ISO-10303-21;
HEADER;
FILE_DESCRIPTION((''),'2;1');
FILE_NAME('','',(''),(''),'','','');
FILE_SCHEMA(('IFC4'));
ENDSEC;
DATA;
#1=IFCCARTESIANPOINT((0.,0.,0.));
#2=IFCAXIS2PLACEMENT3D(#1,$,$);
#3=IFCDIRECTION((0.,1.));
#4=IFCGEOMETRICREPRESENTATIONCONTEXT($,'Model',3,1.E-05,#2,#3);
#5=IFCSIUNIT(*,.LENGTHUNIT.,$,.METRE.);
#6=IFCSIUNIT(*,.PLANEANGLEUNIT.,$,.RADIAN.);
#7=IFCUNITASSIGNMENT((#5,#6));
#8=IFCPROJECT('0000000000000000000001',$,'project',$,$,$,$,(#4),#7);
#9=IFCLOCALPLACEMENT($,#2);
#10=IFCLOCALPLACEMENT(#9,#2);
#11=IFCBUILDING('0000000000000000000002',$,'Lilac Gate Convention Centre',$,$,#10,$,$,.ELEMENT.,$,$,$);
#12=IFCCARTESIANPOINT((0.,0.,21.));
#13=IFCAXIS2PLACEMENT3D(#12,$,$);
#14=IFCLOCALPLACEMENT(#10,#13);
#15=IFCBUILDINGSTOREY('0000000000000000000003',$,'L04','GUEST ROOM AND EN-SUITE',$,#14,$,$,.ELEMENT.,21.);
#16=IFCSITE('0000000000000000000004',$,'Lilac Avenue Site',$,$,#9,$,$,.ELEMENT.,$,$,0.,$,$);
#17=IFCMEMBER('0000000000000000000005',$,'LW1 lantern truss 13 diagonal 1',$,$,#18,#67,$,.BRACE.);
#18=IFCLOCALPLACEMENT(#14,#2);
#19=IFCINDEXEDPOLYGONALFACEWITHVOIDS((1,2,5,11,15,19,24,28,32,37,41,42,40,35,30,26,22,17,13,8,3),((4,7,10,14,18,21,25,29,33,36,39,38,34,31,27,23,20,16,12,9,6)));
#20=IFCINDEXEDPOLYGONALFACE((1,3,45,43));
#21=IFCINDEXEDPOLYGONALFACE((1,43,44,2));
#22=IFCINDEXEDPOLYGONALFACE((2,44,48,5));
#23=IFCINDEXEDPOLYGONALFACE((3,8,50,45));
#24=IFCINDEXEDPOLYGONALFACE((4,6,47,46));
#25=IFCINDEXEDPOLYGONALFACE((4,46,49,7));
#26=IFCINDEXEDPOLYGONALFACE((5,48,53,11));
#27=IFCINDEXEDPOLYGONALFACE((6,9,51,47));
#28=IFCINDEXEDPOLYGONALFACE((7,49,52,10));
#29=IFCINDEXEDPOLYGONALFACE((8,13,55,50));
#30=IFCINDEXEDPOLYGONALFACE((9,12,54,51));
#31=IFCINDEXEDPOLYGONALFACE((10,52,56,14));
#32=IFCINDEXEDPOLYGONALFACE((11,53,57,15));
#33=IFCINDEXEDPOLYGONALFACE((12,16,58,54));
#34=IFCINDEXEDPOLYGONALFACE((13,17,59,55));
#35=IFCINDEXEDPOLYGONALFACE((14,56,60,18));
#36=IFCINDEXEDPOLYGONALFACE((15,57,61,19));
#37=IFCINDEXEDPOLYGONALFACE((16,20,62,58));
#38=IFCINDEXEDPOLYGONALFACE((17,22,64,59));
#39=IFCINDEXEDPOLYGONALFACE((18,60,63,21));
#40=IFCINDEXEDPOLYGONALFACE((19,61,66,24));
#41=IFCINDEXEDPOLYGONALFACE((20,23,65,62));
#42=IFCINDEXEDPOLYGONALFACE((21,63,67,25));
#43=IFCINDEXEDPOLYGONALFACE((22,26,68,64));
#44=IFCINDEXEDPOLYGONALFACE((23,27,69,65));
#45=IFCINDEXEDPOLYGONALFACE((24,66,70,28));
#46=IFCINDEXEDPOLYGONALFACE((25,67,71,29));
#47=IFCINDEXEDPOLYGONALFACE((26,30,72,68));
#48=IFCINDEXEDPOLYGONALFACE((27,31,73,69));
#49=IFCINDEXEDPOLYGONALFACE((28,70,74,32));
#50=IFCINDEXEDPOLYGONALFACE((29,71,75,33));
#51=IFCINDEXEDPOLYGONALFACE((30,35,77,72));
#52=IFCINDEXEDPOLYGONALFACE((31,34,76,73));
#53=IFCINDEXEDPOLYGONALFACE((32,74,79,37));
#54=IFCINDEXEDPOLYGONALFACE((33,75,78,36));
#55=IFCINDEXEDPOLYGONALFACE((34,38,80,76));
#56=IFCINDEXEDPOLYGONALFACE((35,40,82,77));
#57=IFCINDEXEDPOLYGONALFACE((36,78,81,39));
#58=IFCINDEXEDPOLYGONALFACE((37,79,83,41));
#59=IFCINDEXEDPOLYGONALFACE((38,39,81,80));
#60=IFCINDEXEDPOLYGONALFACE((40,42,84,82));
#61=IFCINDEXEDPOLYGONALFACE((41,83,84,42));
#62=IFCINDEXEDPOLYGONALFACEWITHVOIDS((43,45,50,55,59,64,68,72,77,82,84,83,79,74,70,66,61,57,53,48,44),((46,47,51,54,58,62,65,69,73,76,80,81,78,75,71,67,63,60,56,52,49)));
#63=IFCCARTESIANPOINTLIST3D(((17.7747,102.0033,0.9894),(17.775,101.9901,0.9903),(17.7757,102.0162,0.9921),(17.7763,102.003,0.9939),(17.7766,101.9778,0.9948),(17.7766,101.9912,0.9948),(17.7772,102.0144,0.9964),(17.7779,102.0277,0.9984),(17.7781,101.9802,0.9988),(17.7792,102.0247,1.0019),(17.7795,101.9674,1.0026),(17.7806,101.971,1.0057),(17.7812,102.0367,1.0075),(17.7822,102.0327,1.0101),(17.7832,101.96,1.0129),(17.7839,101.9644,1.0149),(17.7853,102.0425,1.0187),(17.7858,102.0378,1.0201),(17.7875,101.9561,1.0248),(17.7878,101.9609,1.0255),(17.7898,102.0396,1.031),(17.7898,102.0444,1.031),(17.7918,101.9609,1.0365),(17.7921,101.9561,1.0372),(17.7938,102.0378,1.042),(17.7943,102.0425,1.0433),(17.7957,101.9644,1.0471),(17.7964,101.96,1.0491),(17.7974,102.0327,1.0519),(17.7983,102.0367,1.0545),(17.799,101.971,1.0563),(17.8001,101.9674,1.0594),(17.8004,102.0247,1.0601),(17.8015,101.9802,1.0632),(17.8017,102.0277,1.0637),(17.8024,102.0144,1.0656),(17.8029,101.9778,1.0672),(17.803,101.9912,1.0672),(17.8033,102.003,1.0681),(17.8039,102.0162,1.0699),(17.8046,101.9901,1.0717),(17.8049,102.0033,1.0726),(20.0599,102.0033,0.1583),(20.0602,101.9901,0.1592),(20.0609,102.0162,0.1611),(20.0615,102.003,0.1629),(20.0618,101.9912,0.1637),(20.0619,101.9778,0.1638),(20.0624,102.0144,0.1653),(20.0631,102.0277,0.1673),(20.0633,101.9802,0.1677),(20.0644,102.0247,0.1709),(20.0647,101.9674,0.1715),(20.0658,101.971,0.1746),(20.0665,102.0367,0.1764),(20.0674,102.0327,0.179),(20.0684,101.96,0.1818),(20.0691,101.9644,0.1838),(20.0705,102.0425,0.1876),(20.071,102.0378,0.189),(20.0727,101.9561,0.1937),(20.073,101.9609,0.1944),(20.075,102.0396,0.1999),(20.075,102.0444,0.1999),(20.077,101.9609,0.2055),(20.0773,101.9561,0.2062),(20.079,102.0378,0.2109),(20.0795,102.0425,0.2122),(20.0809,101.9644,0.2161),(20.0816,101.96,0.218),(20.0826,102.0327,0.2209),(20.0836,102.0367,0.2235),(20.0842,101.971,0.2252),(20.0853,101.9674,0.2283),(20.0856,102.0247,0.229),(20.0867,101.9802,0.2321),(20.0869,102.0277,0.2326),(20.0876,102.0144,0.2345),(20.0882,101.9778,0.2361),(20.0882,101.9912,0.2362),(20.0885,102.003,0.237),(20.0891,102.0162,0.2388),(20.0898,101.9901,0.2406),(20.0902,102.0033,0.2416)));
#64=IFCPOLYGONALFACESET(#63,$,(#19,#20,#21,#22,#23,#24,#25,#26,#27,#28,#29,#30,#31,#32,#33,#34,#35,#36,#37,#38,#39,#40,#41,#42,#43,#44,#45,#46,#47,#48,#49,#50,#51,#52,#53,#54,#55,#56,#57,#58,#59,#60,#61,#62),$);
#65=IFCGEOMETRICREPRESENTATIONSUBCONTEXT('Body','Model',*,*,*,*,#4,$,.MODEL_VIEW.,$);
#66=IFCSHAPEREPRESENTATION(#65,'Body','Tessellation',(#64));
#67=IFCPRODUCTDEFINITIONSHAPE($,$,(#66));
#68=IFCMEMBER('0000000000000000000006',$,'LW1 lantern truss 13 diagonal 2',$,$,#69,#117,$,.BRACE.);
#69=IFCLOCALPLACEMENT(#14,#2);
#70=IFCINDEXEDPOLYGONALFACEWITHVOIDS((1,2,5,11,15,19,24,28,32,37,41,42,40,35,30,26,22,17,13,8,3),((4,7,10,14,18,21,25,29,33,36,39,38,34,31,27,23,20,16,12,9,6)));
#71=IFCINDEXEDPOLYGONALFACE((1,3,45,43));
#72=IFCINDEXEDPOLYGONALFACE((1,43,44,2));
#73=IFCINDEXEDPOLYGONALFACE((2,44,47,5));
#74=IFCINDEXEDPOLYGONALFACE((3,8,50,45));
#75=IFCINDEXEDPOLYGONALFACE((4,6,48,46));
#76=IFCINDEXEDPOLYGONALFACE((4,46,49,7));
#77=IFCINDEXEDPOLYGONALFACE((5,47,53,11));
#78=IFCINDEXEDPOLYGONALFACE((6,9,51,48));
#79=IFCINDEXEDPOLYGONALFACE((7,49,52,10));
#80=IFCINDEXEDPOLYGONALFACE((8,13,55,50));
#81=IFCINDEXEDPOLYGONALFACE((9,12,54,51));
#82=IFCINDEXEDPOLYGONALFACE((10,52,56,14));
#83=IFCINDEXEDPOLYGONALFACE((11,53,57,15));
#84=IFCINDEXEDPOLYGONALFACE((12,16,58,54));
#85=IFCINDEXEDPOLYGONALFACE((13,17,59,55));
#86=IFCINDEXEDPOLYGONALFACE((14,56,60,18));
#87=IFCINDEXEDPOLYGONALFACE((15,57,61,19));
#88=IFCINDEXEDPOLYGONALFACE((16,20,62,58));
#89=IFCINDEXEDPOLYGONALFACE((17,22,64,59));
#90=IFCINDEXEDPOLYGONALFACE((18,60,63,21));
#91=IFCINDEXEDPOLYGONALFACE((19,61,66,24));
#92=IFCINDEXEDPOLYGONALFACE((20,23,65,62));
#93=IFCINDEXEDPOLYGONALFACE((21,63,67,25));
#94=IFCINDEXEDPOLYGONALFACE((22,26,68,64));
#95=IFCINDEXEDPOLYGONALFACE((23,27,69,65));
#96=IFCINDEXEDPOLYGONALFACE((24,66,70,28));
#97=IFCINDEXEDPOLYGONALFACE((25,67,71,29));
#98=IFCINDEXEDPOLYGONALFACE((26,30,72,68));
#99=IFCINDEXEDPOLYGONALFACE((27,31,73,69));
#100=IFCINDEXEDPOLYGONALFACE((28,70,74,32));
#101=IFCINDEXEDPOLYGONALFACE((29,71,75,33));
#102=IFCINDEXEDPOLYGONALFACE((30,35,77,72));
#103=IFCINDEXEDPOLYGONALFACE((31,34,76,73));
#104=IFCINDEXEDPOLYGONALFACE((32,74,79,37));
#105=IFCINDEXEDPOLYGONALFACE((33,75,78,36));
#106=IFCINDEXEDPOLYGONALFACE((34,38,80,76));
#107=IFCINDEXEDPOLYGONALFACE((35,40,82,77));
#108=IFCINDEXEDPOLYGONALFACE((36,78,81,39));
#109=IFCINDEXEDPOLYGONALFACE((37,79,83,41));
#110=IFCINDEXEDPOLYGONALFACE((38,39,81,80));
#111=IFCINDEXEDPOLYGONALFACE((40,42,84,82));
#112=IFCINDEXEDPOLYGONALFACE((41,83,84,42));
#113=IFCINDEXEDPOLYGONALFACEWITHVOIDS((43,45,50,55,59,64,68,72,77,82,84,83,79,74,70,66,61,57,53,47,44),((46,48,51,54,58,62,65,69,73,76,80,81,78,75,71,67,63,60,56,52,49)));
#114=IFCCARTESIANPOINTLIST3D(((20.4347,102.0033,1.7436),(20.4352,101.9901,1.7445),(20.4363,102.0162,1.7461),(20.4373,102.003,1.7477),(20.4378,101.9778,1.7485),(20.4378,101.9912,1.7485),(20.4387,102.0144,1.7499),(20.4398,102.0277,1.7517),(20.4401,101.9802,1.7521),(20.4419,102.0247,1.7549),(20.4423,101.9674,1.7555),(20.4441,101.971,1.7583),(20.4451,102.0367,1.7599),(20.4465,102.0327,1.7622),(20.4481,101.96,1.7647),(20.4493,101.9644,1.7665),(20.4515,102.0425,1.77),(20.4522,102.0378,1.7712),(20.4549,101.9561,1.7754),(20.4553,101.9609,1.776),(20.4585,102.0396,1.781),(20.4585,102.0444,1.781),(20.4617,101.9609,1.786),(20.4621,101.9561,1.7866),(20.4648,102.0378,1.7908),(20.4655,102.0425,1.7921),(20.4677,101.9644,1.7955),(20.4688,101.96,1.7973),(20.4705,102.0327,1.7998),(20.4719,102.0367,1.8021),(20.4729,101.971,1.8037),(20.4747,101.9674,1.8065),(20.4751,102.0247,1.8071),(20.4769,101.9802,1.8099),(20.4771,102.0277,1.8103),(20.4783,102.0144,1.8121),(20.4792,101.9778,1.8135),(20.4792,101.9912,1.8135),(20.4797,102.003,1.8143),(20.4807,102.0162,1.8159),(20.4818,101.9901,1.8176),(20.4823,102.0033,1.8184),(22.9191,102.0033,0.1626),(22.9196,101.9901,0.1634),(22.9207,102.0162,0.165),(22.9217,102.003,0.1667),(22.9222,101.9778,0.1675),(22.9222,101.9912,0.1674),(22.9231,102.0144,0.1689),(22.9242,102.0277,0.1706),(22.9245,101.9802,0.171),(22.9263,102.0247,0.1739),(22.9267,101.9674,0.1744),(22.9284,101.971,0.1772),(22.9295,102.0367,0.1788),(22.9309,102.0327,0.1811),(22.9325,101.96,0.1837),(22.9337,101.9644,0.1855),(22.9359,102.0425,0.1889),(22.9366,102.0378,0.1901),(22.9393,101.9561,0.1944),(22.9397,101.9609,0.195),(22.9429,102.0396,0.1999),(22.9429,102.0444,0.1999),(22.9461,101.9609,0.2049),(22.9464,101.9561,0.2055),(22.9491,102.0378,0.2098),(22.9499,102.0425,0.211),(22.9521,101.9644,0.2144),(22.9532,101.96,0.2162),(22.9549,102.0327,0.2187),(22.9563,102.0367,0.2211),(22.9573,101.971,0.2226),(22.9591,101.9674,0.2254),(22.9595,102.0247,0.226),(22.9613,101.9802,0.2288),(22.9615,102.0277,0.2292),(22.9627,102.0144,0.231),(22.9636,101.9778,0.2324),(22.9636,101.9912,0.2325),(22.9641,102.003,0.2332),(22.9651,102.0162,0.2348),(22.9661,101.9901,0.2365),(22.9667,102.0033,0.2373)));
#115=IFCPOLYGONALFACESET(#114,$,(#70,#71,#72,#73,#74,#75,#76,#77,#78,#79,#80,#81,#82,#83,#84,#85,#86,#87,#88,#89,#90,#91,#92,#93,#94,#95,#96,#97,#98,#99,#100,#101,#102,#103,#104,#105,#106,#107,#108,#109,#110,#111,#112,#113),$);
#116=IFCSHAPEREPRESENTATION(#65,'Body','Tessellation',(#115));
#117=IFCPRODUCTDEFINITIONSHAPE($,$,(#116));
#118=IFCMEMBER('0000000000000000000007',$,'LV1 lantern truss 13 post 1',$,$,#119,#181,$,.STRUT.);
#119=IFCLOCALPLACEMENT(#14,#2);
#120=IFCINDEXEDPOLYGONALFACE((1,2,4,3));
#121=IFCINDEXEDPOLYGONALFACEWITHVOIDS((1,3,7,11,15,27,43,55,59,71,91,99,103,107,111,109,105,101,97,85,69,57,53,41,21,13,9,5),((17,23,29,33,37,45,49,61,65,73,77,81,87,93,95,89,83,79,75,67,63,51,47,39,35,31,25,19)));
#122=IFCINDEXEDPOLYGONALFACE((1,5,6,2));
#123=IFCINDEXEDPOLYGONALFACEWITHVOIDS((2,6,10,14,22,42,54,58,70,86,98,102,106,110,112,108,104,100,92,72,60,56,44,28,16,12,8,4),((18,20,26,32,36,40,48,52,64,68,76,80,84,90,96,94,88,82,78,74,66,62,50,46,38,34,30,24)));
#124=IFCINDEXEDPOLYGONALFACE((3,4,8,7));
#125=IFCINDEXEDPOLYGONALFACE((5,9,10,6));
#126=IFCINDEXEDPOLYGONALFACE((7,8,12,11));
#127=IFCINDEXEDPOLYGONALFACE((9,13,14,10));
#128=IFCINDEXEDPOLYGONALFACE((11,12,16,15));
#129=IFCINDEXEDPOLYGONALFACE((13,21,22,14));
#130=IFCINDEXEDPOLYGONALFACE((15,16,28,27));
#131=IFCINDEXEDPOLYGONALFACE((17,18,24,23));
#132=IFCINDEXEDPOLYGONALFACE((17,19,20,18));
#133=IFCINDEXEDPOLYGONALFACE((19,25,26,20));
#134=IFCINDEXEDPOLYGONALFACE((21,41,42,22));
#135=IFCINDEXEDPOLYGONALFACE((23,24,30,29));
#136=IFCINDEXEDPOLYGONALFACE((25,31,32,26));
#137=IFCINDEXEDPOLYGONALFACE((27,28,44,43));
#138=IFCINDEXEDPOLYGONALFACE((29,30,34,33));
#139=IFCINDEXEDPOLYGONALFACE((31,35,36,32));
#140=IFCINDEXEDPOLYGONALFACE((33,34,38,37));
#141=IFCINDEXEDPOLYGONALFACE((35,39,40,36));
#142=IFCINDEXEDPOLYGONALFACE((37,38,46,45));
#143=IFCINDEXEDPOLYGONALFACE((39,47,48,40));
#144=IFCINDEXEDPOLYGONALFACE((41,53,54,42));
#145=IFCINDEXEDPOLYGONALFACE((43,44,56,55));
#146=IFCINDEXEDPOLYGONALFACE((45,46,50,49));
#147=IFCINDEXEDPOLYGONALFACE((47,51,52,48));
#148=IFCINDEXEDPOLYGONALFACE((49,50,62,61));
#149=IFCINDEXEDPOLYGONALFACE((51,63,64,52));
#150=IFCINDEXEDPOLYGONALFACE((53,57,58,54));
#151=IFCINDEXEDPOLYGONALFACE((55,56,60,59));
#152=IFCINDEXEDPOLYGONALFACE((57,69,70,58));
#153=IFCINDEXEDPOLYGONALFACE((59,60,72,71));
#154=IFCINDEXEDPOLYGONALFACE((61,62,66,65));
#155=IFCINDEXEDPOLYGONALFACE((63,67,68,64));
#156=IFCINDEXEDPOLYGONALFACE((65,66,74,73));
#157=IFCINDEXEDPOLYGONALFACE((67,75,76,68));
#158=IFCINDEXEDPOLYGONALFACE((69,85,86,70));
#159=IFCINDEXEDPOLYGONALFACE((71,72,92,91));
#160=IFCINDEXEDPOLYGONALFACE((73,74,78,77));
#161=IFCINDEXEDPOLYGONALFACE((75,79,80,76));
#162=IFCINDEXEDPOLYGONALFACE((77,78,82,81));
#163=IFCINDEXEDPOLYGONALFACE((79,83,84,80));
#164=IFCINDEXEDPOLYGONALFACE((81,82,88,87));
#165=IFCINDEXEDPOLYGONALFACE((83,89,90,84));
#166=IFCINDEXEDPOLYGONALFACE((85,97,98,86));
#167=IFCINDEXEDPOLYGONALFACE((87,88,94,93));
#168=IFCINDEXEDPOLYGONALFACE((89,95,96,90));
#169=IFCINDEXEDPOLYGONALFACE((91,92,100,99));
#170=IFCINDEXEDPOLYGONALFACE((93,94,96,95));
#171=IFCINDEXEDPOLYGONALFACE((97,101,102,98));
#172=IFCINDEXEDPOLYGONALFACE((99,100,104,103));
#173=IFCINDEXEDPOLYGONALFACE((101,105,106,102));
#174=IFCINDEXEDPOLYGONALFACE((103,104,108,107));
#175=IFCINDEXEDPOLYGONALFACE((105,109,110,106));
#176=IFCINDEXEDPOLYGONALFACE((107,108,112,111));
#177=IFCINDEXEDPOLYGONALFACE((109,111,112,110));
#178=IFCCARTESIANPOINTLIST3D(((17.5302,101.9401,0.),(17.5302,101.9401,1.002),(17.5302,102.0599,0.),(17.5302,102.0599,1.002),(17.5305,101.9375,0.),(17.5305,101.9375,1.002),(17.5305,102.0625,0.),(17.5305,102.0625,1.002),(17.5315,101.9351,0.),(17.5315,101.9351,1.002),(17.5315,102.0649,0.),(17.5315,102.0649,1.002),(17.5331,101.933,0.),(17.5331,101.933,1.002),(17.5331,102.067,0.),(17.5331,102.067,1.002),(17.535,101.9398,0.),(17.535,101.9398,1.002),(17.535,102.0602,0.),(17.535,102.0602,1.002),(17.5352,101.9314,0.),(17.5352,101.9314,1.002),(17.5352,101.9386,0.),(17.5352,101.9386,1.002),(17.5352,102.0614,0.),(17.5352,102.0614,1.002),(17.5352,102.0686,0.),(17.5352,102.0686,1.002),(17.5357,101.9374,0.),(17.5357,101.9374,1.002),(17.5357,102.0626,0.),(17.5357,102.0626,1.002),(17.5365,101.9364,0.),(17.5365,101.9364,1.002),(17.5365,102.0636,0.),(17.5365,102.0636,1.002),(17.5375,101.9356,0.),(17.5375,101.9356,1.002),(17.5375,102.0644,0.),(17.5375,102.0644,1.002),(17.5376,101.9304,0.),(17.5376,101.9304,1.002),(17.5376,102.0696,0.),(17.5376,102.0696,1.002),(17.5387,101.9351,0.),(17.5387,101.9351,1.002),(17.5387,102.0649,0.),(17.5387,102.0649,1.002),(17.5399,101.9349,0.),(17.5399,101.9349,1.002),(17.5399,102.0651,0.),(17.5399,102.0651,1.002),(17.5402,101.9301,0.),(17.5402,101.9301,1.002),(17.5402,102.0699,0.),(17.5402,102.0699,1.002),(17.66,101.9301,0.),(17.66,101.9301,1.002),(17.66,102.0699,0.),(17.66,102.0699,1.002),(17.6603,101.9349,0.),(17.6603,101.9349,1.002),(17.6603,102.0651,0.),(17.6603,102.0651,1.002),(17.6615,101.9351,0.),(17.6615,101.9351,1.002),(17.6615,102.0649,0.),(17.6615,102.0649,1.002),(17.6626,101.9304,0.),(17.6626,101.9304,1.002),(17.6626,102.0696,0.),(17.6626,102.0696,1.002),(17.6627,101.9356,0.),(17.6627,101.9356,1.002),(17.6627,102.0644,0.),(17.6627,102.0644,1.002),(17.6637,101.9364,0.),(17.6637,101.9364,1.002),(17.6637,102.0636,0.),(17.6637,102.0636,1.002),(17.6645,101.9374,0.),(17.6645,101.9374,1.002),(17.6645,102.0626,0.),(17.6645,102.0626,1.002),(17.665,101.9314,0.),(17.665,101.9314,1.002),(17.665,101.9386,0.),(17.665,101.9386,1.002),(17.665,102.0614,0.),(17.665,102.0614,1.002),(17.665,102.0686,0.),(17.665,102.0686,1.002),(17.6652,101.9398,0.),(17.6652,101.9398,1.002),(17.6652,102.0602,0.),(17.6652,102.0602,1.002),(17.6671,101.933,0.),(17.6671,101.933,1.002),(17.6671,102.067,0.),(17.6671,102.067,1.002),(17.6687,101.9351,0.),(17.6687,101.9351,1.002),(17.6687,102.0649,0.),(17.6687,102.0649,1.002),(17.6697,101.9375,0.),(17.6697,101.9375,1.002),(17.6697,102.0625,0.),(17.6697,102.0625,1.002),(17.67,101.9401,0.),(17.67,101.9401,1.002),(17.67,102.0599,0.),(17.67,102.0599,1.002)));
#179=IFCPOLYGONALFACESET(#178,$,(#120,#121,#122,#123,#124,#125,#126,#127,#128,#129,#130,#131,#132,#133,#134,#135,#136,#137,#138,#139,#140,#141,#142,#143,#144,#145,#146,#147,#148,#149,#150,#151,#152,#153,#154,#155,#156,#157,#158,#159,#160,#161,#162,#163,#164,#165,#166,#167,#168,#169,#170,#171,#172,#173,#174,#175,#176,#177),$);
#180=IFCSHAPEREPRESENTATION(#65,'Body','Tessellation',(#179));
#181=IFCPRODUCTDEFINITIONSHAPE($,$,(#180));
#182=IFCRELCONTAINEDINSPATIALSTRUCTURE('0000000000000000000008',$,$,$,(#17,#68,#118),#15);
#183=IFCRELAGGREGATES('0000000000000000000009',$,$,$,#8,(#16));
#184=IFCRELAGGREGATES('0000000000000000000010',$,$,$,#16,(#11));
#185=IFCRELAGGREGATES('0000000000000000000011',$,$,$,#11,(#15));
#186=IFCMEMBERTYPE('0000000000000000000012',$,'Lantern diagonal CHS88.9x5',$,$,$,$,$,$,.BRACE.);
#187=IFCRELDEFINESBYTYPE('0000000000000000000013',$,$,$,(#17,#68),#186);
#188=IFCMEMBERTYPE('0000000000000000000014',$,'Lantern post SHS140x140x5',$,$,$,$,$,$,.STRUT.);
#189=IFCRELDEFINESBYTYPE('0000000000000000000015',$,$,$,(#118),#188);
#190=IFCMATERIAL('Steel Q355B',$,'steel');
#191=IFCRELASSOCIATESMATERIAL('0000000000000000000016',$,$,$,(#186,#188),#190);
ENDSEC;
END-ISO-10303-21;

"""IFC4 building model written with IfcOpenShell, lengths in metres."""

from ifc_helpers import new_model, si_unit, direction, frame, origin, origin_2d, place, context, subcontext, project, spatial, hollow_rectangle, hollow_circle, extrude, material, material_profile, profile_set, type_object, element, save


model = new_model("IFC4")

# Units and contexts
model_context = context("Model", 3, precision=1e-05, world=origin(), true_north=direction((0.0, 1.0)))
body_context = subcontext(model_context, "Body", "Model", "MODEL_VIEW")
ifc_project = project(units=[si_unit("LENGTHUNIT", "METRE"), si_unit("PLANEANGLEUNIT", "RADIAN")], contexts=[model_context])

# Site, building, storey
site_placement = place(None, origin())
site = spatial("IfcSite", under=ifc_project, at=site_placement, Name="Lilac Avenue Site", CompositionType="ELEMENT", RefElevation=0.0)
building_placement = place(site_placement, origin())
building = spatial("IfcBuilding", under=site, at=building_placement, Name="Lilac Gate Convention Centre", CompositionType="ELEMENT")
storey_placement = place(building_placement, frame((0.0, 0.0, 21.0)))
storey = spatial("IfcBuildingStorey", under=building, at=storey_placement, Name="L04", Description="GUEST ROOM AND EN-SUITE", CompositionType="ELEMENT", Elevation=21.0)

# Members
ifc_material_1 = material(Name="Steel Q355B", Category="steel")
ifc_material_profile_1 = material_profile(ifc_material_1, hollow_circle(Radius=0.0444, WallThickness=0.0049, at=origin_2d()), Name="CHS88.9x5")
ifc_profile_set_1 = profile_set([ifc_material_profile_1], Name="Steel Q355B")
member_type_1 = type_object("IfcMemberType", Name="Lantern diagonal CHS88.9x5", PredefinedType="BRACE", material=ifc_profile_set_1)
member_1_placement = place(storey_placement, frame((17.7898, 102.0, 1.031), z_axis=(0.939782, 0.0, -0.341775), x_axis=(0.0, 1.0, 0.0)))
element("IfcMember", 1, at=member_1_placement, inside=storey, type_object=member_type_1, Name="LW1 lantern truss 13 diagonal 1", PredefinedType="BRACE", context=body_context, shape_type="SweptSolid", body=[
    extrude(hollow_circle(Radius=0.0444, WallThickness=0.0049, at=origin_2d()), origin(), (0.0, 0.0, 1.0), 2.4316),
])
member_2_placement = place(storey_placement, frame((20.4585, 102.0, 1.781), z_axis=(0.843648, 0.0, -0.536897), x_axis=(0.0, 1.0, 0.0)))
element("IfcMember", 2, at=member_2_placement, inside=storey, type_object=member_type_1, Name="LW1 lantern truss 13 diagonal 2", PredefinedType="BRACE", context=body_context, shape_type="SweptSolid", body=[
    extrude(hollow_circle(Radius=0.0444, WallThickness=0.0049, at=origin_2d()), origin(), (0.0, 0.0, 1.0), 2.9448),
])
ifc_material_profile_2 = material_profile(ifc_material_1, hollow_rectangle(XDim=0.1399, YDim=0.1399, WallThickness=0.0049, InnerFilletRadius=0.0049, OuterFilletRadius=0.01, at=origin_2d()), Name="SHS140x140x5")
ifc_profile_set_2 = profile_set([ifc_material_profile_2], Name="Steel Q355B")
member_type_2 = type_object("IfcMemberType", Name="Lantern post SHS140x140x5", PredefinedType="STRUT", material=ifc_profile_set_2)
member_3_placement = place(storey_placement, frame((17.6001, 102.0, 0.0), z_axis=(0.0, 0.0, 1.0), x_axis=(1.0, 0.0, 0.0)))
element("IfcMember", 3, at=member_3_placement, inside=storey, type_object=member_type_2, Name="LV1 lantern truss 13 post 1", PredefinedType="STRUT", context=body_context, shape_type="SweptSolid", body=[
    extrude(hollow_rectangle(XDim=0.1399, YDim=0.1399, WallThickness=0.0049, InnerFilletRadius=0.0049, OuterFilletRadius=0.01, at=origin_2d()), origin(), (0.0, 0.0, 1.0), 1.002),
])

save(model, "model.ifc")
